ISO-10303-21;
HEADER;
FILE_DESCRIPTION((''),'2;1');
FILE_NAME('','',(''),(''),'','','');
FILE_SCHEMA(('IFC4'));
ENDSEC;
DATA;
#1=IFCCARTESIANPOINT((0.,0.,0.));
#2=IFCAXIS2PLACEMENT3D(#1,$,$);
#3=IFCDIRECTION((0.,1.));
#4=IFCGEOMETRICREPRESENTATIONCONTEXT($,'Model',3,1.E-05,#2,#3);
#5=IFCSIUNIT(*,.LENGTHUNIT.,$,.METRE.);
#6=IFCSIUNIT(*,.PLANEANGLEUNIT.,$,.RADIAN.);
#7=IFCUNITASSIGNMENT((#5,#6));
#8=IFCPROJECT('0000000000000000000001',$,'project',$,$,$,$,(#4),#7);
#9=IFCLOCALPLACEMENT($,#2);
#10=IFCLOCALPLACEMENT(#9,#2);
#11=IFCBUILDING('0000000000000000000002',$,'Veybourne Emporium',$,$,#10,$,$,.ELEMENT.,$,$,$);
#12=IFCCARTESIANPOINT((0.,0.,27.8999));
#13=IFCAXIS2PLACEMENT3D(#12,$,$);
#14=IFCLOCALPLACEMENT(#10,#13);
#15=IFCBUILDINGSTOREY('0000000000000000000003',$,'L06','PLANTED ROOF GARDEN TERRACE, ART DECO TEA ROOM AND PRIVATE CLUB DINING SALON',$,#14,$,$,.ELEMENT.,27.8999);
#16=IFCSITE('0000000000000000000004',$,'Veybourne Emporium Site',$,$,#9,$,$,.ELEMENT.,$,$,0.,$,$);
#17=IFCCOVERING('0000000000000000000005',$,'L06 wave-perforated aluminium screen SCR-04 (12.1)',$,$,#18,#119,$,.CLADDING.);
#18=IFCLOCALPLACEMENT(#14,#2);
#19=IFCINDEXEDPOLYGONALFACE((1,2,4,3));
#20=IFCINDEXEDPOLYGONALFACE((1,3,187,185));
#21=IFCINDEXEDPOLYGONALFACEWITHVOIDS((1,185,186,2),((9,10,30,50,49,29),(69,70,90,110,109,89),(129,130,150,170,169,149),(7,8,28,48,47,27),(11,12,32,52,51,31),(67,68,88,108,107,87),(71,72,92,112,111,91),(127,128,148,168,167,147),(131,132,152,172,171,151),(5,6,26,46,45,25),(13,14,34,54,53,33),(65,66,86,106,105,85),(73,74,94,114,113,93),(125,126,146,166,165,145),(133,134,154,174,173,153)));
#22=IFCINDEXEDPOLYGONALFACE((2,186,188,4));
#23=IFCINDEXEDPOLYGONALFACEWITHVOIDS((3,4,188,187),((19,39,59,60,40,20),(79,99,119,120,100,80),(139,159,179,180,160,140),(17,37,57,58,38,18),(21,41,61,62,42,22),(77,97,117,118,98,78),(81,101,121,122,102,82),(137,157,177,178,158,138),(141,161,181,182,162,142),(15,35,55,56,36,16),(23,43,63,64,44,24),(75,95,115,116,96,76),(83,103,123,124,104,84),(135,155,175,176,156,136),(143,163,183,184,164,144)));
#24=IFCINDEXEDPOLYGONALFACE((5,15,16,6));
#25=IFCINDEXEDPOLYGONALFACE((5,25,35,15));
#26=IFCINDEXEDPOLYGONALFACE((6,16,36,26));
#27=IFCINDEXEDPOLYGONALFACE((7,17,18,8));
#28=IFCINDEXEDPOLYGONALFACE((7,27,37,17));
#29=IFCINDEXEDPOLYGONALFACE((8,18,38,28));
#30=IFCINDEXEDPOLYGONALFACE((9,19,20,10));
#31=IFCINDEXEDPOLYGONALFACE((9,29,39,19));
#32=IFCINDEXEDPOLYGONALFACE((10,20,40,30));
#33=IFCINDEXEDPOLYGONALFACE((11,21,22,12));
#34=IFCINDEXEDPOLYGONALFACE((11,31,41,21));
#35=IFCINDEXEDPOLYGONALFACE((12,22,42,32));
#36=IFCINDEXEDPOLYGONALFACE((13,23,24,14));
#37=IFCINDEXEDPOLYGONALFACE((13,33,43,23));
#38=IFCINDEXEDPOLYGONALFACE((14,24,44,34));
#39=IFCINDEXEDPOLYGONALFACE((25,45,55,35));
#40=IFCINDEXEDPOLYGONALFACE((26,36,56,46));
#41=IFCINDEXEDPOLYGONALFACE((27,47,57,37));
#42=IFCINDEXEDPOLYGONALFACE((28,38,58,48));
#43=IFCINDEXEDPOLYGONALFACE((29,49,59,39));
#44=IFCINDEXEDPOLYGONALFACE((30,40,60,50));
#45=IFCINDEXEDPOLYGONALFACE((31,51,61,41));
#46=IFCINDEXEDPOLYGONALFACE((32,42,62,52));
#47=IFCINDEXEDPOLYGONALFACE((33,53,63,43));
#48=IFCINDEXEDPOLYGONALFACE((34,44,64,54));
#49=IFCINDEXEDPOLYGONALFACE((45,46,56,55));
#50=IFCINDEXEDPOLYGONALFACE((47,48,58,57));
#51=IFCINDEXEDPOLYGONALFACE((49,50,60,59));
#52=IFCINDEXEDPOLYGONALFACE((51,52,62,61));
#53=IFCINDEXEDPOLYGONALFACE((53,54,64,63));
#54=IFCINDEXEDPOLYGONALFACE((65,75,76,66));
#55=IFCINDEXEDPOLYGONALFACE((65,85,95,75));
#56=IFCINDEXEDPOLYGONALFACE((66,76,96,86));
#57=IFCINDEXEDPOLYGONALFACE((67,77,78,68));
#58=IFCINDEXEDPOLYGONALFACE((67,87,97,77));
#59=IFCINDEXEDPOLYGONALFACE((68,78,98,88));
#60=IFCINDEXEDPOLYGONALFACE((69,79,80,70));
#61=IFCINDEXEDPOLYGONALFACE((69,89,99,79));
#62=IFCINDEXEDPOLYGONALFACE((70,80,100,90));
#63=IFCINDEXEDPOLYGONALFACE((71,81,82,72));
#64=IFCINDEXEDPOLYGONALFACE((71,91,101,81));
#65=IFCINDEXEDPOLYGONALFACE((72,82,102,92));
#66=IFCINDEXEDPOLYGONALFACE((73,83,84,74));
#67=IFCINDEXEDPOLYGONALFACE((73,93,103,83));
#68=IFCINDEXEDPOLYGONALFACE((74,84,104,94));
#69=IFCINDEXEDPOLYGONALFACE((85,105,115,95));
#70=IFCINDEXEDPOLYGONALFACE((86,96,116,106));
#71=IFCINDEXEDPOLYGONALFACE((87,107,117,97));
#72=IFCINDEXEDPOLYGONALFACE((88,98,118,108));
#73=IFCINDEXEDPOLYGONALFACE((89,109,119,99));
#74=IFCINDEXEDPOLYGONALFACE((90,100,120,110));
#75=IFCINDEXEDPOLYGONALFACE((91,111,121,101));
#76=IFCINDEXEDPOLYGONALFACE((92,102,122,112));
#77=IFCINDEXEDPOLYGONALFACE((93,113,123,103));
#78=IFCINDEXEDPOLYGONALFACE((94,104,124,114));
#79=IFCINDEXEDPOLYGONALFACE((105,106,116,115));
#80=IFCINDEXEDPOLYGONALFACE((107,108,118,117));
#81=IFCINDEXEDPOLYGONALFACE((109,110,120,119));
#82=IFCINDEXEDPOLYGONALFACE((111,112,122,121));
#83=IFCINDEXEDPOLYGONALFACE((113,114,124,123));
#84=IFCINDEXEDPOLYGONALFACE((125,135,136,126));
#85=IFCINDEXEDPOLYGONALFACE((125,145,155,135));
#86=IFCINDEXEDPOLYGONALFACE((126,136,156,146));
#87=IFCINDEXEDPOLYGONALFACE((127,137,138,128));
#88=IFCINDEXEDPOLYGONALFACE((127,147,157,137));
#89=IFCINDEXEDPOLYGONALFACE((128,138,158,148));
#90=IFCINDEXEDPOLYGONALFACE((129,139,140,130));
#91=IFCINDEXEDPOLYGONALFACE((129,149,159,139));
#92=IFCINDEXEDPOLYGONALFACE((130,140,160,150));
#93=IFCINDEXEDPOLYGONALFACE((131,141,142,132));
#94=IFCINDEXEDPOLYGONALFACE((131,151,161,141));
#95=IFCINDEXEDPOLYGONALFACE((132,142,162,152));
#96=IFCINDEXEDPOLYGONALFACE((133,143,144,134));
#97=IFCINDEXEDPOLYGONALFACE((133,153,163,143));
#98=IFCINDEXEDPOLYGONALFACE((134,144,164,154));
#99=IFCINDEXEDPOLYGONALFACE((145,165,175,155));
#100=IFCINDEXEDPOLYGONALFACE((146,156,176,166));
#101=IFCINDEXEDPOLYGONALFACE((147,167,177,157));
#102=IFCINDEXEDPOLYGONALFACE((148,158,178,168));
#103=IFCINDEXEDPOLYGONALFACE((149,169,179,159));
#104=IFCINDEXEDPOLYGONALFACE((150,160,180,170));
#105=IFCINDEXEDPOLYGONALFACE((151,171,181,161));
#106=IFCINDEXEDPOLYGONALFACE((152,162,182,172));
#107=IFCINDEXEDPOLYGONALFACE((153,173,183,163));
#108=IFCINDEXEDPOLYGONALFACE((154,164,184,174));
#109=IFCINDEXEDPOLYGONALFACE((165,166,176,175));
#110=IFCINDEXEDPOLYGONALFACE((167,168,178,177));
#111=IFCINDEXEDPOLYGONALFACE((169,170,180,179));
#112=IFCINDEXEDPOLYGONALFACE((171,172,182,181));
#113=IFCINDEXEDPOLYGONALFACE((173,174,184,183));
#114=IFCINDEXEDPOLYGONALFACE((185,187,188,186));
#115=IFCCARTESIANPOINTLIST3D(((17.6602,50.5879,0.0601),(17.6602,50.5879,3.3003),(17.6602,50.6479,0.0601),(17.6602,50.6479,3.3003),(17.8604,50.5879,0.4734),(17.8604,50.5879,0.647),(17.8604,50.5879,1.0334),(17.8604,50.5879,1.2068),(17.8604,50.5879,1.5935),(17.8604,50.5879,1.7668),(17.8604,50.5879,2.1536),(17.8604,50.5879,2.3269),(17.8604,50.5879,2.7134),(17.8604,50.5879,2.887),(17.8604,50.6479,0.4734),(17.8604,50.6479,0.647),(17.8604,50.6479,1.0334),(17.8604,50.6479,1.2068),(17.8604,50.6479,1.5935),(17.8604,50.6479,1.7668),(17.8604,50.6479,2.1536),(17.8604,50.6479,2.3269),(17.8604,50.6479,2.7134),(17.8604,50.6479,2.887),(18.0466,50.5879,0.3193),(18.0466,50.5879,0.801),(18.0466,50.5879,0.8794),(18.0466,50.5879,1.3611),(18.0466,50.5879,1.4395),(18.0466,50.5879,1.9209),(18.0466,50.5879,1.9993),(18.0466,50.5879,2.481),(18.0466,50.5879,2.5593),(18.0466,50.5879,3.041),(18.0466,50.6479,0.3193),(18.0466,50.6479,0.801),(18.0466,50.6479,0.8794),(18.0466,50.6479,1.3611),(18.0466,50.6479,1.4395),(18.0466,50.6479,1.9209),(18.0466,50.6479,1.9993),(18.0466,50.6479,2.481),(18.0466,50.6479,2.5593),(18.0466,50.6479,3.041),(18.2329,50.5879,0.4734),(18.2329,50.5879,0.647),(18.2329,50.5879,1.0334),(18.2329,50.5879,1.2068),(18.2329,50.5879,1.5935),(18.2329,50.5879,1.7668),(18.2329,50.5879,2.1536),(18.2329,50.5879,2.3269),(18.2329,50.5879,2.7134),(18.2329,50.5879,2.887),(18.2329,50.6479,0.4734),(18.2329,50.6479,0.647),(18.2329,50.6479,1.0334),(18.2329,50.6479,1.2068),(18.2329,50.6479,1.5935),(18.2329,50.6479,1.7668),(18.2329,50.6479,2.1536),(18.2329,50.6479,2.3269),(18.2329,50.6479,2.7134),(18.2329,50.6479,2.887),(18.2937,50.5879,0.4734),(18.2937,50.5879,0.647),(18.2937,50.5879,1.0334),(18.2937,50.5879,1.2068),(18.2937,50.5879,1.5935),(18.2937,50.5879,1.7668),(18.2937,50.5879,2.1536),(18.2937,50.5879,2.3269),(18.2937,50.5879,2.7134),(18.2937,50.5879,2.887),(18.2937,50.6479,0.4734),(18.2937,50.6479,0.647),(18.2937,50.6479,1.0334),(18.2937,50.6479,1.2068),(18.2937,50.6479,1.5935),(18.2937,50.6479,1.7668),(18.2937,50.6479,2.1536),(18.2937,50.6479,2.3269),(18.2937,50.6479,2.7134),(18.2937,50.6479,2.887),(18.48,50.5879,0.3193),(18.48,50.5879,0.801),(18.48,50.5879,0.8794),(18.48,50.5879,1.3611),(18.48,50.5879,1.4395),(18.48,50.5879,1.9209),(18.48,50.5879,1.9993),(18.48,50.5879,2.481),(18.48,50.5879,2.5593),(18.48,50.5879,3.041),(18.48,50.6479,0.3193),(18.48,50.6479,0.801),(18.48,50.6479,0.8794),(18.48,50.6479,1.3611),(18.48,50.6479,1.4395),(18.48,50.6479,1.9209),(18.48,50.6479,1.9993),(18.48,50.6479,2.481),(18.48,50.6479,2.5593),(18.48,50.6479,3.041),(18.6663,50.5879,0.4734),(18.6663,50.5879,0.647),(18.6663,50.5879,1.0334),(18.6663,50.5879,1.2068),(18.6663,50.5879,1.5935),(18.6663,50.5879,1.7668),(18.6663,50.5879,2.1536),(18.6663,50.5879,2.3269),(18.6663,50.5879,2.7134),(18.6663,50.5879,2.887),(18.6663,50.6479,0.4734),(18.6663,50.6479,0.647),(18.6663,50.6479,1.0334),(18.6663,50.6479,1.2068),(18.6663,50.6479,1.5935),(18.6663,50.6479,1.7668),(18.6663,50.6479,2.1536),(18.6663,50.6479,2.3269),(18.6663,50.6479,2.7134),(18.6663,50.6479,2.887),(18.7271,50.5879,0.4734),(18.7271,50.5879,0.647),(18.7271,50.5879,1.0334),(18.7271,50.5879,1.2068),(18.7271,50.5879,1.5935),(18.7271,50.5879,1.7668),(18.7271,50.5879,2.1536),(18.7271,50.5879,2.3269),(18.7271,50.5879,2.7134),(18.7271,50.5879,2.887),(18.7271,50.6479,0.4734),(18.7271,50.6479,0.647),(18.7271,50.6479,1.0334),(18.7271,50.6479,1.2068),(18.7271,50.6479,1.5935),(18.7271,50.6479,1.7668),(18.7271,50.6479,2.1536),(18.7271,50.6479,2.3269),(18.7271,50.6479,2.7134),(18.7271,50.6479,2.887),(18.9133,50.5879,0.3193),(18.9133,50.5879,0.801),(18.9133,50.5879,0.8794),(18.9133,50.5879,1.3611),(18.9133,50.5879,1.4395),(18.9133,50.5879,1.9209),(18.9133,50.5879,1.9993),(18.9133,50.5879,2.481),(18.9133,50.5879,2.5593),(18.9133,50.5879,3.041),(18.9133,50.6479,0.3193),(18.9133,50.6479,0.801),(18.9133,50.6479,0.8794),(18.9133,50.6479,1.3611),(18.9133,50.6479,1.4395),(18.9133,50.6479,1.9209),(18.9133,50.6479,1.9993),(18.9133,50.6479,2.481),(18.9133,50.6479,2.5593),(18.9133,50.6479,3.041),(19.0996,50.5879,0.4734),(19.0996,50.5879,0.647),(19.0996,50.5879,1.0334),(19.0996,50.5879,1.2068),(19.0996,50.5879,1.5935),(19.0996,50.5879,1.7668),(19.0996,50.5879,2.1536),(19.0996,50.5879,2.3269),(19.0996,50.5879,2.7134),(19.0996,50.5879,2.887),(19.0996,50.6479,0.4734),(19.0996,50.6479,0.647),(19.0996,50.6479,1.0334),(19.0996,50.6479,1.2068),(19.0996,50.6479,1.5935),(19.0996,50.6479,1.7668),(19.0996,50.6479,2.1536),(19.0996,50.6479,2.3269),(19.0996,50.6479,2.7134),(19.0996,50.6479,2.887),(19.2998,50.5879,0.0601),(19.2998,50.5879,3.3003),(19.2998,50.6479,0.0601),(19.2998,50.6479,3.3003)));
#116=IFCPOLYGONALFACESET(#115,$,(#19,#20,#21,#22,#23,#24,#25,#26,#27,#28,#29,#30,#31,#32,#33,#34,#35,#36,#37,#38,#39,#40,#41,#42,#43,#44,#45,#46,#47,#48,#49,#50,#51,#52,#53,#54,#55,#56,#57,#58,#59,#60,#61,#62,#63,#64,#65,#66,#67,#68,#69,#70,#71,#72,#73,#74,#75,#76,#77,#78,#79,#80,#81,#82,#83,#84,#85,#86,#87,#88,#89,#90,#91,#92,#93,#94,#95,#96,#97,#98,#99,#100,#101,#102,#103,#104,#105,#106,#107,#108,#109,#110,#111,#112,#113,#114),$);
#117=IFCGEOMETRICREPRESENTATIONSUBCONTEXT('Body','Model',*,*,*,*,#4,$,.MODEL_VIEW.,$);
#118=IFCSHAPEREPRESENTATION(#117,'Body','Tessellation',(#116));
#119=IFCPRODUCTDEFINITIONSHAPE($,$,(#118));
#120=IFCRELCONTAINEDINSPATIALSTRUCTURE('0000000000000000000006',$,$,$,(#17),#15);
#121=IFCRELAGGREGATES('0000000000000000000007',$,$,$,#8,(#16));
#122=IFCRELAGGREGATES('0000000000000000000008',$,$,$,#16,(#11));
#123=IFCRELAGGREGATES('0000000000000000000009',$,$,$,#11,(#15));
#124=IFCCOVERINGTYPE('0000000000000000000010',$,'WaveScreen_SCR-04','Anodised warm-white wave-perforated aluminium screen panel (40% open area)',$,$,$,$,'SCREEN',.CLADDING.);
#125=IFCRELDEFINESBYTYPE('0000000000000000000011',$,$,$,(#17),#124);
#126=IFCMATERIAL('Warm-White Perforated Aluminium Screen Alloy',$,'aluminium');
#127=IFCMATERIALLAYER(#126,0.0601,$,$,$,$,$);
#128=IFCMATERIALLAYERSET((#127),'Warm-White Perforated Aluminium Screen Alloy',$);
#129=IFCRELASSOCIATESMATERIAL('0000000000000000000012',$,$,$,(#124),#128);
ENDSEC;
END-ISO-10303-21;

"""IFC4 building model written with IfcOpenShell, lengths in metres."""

from ifc_helpers import new_model, si_unit, direction, frame, origin, place, context, subcontext, project, spatial, polyline, outline, extrude, material, layer, layer_set, type_object, element, save


model = new_model("IFC4")

# Units and contexts
model_context = context("Model", 3, precision=1e-05, world=origin(), true_north=direction((0.0, 1.0)))
body_context = subcontext(model_context, "Body", "Model", "MODEL_VIEW")
ifc_project = project(units=[si_unit("LENGTHUNIT", "METRE"), si_unit("PLANEANGLEUNIT", "RADIAN")], contexts=[model_context])

# Site, building, storey
site_placement = place(None, origin())
site = spatial("IfcSite", under=ifc_project, at=site_placement, Name="Veybourne Emporium Site", CompositionType="ELEMENT", RefElevation=0.0)
building_placement = place(site_placement, origin())
building = spatial("IfcBuilding", under=site, at=building_placement, Name="Veybourne Emporium", CompositionType="ELEMENT")
storey_placement = place(building_placement, frame((0.0, 0.0, 27.8999)))
storey = spatial("IfcBuildingStorey", under=building, at=storey_placement, Name="L06", Description="PLANTED ROOF GARDEN TERRACE, ART DECO TEA ROOM AND PRIVATE CLUB DINING SALON", CompositionType="ELEMENT", Elevation=27.8999)

# Covering
ifc_material_1 = material(Name="Warm-White Perforated Aluminium Screen Alloy", Category="aluminium")
ifc_layer_1 = layer(ifc_material_1, 0.0601)
ifc_layer_set_1 = layer_set([ifc_layer_1], Name="Warm-White Perforated Aluminium Screen Alloy")
covering_type_1 = type_object("IfcCoveringType", Name="WaveScreen_SCR-04", Description="Anodised warm-white wave-perforated aluminium screen panel (40% open area)", ElementType="SCREEN", PredefinedType="CLADDING", material=ifc_layer_set_1)
covering_1_placement = place(storey_placement, frame((18.48, 50.6479, 1.6802), z_axis=(0.0, -1.0, 0.0), x_axis=(1.0, 0.0, 0.0)))
element("IfcCovering", 1, at=covering_1_placement, inside=storey, type_object=covering_type_1, Name="L06 wave-perforated aluminium screen SCR-04 (12.1)", PredefinedType="CLADDING", context=body_context, shape_type="SweptSolid", body=[
    extrude(outline(polyline([(-0.8198, -1.6201), (0.8198, -1.6201), (0.8198, 1.6201), (-0.8198, 1.6201), (-0.8198, -1.6201)]), holes=[polyline([(-0.4333, -0.8792), (-0.2471, -1.0332), (-0.2471, -1.2068), (-0.4333, -1.3608), (-0.6196, -1.2068), (-0.6196, -1.0332), (-0.4333, -0.8792)]), polyline([(-0.4333, -0.3191), (-0.2471, -0.4734), (-0.2471, -0.6467), (-0.4333, -0.8008), (-0.6196, -0.6467), (-0.6196, -0.4734), (-0.4333, -0.3191)]), polyline([(-0.4333, 0.2407), (-0.2471, 0.0867), (-0.2471, -0.0867), (-0.4333, -0.2407), (-0.6196, -0.0867), (-0.6196, 0.0867), (-0.4333, 0.2407)]), polyline([(-0.4333, 0.8008), (-0.2471, 0.6467), (-0.2471, 0.4734), (-0.4333, 0.3191), (-0.6196, 0.4734), (-0.6196, 0.6467), (-0.4333, 0.8008)]), polyline([(-0.4333, 1.3608), (-0.2471, 1.2068), (-0.2471, 1.0332), (-0.4333, 0.8792), (-0.6196, 1.0332), (-0.6196, 1.2068), (-0.4333, 1.3608)]), polyline([(0.0, -0.8792), (0.1863, -1.0332), (0.1863, -1.2068), (0.0, -1.3608), (-0.1863, -1.2068), (-0.1863, -1.0332), (0.0, -0.8792)]), polyline([(0.0, -0.3191), (0.1863, -0.4734), (0.1863, -0.6467), (0.0, -0.8008), (-0.1863, -0.6467), (-0.1863, -0.4734), (0.0, -0.3191)]), polyline([(0.0, 0.2407), (0.1863, 0.0867), (0.1863, -0.0867), (0.0, -0.2407), (-0.1863, -0.0867), (-0.1863, 0.0867), (0.0, 0.2407)]), polyline([(0.0, 0.8008), (0.1863, 0.6467), (0.1863, 0.4734), (0.0, 0.3191), (-0.1863, 0.4734), (-0.1863, 0.6467), (0.0, 0.8008)]), polyline([(0.0, 1.3608), (0.1863, 1.2068), (0.1863, 1.0332), (0.0, 0.8792), (-0.1863, 1.0332), (-0.1863, 1.2068), (0.0, 1.3608)]), polyline([(0.4333, -0.8792), (0.6196, -1.0332), (0.6196, -1.2068), (0.4333, -1.3608), (0.2471, -1.2068), (0.2471, -1.0332), (0.4333, -0.8792)]), polyline([(0.4333, -0.3191), (0.6196, -0.4734), (0.6196, -0.6467), (0.4333, -0.8008), (0.2471, -0.6467), (0.2471, -0.4734), (0.4333, -0.3191)]), polyline([(0.4333, 0.2407), (0.6196, 0.0867), (0.6196, -0.0867), (0.4333, -0.2407), (0.2471, -0.0867), (0.2471, 0.0867), (0.4333, 0.2407)]), polyline([(0.4333, 0.8008), (0.6196, 0.6467), (0.6196, 0.4734), (0.4333, 0.3191), (0.2471, 0.4734), (0.2471, 0.6467), (0.4333, 0.8008)]), polyline([(0.4333, 1.3608), (0.6196, 1.2068), (0.6196, 1.0332), (0.4333, 0.8792), (0.2471, 1.0332), (0.2471, 1.2068), (0.4333, 1.3608)])]), origin(), (0.0, 0.0, 1.0), 0.0601),
])

save(model, "model.ifc")
